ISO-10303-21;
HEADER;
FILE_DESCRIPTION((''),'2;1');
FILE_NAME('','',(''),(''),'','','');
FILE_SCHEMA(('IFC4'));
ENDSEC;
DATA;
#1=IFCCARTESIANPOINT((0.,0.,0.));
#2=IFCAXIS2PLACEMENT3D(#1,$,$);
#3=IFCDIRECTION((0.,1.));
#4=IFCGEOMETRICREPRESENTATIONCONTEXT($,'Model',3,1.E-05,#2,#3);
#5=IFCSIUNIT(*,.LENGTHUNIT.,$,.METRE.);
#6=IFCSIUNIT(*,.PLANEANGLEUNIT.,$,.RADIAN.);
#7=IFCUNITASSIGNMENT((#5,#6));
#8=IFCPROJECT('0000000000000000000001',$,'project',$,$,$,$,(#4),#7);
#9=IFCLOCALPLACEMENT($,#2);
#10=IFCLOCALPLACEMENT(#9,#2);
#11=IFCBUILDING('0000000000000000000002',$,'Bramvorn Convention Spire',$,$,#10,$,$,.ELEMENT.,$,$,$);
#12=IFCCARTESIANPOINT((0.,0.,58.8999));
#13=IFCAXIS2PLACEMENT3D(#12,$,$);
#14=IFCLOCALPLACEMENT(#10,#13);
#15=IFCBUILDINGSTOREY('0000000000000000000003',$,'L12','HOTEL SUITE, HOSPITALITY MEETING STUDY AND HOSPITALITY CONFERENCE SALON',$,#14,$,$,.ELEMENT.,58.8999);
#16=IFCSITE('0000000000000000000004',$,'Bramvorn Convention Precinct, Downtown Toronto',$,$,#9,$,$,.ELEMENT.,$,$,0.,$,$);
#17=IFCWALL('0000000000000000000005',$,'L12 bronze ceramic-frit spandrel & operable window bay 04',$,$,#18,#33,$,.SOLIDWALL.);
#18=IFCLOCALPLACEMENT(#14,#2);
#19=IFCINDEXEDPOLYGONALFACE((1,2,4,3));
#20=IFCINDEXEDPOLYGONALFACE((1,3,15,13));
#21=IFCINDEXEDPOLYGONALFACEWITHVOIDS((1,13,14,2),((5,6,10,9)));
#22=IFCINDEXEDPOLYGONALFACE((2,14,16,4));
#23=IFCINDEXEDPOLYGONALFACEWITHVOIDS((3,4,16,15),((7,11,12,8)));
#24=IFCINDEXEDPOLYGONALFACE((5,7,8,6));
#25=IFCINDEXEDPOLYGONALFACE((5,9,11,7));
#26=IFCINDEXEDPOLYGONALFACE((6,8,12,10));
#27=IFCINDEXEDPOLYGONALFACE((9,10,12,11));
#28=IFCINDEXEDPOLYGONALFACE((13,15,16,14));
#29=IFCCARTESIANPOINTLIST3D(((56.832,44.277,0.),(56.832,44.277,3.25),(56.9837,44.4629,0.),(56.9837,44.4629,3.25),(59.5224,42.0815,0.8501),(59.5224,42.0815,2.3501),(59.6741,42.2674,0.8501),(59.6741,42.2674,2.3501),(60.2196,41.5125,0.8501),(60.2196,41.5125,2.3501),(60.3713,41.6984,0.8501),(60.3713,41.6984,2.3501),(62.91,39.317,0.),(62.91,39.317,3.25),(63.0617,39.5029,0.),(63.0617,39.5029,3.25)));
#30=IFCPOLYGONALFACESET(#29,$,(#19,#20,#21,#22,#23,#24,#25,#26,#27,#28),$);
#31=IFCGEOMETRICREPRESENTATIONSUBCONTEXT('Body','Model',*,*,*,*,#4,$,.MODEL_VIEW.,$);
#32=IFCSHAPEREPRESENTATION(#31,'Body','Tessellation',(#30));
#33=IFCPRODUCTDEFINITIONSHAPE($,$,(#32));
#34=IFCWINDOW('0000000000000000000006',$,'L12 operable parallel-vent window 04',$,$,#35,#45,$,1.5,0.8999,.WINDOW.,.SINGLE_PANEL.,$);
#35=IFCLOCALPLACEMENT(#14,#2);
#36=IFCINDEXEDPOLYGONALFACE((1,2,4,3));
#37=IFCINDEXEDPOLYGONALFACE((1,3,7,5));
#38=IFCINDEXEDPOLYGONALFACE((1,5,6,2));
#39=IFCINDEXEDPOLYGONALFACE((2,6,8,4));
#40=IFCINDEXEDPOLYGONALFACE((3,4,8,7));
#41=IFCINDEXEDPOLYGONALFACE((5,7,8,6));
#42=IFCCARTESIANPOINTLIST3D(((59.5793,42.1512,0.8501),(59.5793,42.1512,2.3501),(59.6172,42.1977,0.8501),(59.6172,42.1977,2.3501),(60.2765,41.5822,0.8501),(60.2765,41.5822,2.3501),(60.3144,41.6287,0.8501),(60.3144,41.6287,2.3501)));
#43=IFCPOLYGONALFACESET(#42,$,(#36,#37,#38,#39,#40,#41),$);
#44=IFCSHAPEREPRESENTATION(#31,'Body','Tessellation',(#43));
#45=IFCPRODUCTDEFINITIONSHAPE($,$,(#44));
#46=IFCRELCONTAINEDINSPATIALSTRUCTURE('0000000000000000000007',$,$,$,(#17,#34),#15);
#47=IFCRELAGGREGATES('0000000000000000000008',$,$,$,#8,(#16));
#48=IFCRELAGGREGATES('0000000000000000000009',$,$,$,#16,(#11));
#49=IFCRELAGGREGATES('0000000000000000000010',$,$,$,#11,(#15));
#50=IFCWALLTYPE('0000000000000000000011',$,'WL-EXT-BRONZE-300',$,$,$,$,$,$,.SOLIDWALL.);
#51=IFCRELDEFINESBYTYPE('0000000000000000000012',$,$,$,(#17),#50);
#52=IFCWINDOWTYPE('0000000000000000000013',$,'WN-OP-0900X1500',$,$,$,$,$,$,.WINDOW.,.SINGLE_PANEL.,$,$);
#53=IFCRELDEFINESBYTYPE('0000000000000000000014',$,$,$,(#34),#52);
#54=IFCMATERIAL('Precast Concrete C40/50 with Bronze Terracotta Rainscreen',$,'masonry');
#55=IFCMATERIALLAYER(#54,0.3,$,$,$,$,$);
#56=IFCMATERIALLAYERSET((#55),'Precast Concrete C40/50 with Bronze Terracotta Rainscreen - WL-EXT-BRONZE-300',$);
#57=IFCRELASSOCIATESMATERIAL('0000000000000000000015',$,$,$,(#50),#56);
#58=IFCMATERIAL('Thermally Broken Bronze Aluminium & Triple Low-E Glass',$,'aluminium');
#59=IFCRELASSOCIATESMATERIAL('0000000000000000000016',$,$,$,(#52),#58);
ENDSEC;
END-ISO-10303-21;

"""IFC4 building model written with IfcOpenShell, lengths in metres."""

from ifc_helpers import new_model, si_unit, direction, frame, frame_2d, origin, place, context, subcontext, project, spatial, rectangle, extrude, material, layer, layer_set, type_object, element, fill, save


model = new_model("IFC4")

# Units and contexts
model_context = context("Model", 3, precision=1e-05, world=origin(), true_north=direction((0.0, 1.0)))
body_context = subcontext(model_context, "Body", "Model", "MODEL_VIEW")
ifc_project = project(units=[si_unit("LENGTHUNIT", "METRE"), si_unit("PLANEANGLEUNIT", "RADIAN")], contexts=[model_context])

# Site, building, storey
site_placement = place(None, origin())
site = spatial("IfcSite", under=ifc_project, at=site_placement, Name="Bramvorn Convention Precinct, Downtown Toronto", CompositionType="ELEMENT", RefElevation=0.0)
building_placement = place(site_placement, origin())
building = spatial("IfcBuilding", under=site, at=building_placement, Name="Bramvorn Convention Spire", CompositionType="ELEMENT")
storey_placement = place(building_placement, frame((0.0, 0.0, 58.8999)))
storey = spatial("IfcBuildingStorey", under=building, at=storey_placement, Name="L12", Description="HOTEL SUITE, HOSPITALITY MEETING STUDY AND HOSPITALITY CONFERENCE SALON", CompositionType="ELEMENT", Elevation=58.8999)

# Shared definitions
ifc_material_1 = material(Name="Precast Concrete C40/50 with Bronze Terracotta Rainscreen", Category="masonry")
ifc_layer_1 = layer(ifc_material_1, 0.3)
ifc_layer_set_1 = layer_set([ifc_layer_1], Name="Precast Concrete C40/50 with Bronze Terracotta Rainscreen - WL-EXT-BRONZE-300")
wall_type = type_object("IfcWallType", Name="WL-EXT-BRONZE-300", PredefinedType="SOLIDWALL", material=ifc_layer_set_1)

# Wall, opening, window
wall_1_placement = place(storey_placement, frame((56.908, 44.3699, 0.0), z_axis=(0.0, 0.0, 1.0), x_axis=(0.77476, -0.632256, 0.0)))
wall_1 = element("IfcWall", 1, at=wall_1_placement, inside=storey, type_object=wall_type, Name="L12 bronze ceramic-frit spandrel & operable window bay 04", PredefinedType="SOLIDWALL", context=body_context, shape_type="SweptSolid", body=[
    extrude(rectangle(XDim=7.845, YDim=0.24, at=frame_2d((3.9224, 0.0))), origin(), (0.0, 0.0, 1.0), 3.25),
])
opening_placement = place(wall_1_placement, frame((3.4724, 0.0, 0.8501)))
opening = element("IfcOpeningElement", 2, at=opening_placement, cuts=wall_1, PredefinedType="OPENING", context=body_context, shape_type="SweptSolid", body=[
    extrude(rectangle(XDim=0.8999, YDim=1.5, at=frame_2d((0.45, 0.75))), frame((0.0, 0.1299, 0.0), z_axis=(0.0, -1.0, 0.0), x_axis=(1.0, 0.0, 0.0)), (0.0, 0.0, 1.0), 0.26),
])
ifc_material_2 = material(Name="Thermally Broken Bronze Aluminium & Triple Low-E Glass", Category="aluminium")
window_type = type_object("IfcWindowType", Name="WN-OP-0900X1500", PartitioningType="SINGLE_PANEL", PredefinedType="WINDOW", material=ifc_material_2)
window_placement = place(opening_placement, origin())
window = element("IfcWindow", 3, at=window_placement, inside=storey, type_object=window_type, Name="L12 operable parallel-vent window 04", OverallHeight=1.5, OverallWidth=0.8999, PartitioningType="SINGLE_PANEL", PredefinedType="WINDOW", context=body_context, shape_type="SweptSolid", body=[
    extrude(rectangle(XDim=0.8999, YDim=1.5, at=frame_2d((0.45, 0.75))), frame((0.0, 0.03, 0.0), z_axis=(0.0, -1.0, 0.0), x_axis=(1.0, 0.0, 0.0)), (0.0, 0.0, 1.0), 0.0601),
])
fill(opening, window)

save(model, "model.ifc")
